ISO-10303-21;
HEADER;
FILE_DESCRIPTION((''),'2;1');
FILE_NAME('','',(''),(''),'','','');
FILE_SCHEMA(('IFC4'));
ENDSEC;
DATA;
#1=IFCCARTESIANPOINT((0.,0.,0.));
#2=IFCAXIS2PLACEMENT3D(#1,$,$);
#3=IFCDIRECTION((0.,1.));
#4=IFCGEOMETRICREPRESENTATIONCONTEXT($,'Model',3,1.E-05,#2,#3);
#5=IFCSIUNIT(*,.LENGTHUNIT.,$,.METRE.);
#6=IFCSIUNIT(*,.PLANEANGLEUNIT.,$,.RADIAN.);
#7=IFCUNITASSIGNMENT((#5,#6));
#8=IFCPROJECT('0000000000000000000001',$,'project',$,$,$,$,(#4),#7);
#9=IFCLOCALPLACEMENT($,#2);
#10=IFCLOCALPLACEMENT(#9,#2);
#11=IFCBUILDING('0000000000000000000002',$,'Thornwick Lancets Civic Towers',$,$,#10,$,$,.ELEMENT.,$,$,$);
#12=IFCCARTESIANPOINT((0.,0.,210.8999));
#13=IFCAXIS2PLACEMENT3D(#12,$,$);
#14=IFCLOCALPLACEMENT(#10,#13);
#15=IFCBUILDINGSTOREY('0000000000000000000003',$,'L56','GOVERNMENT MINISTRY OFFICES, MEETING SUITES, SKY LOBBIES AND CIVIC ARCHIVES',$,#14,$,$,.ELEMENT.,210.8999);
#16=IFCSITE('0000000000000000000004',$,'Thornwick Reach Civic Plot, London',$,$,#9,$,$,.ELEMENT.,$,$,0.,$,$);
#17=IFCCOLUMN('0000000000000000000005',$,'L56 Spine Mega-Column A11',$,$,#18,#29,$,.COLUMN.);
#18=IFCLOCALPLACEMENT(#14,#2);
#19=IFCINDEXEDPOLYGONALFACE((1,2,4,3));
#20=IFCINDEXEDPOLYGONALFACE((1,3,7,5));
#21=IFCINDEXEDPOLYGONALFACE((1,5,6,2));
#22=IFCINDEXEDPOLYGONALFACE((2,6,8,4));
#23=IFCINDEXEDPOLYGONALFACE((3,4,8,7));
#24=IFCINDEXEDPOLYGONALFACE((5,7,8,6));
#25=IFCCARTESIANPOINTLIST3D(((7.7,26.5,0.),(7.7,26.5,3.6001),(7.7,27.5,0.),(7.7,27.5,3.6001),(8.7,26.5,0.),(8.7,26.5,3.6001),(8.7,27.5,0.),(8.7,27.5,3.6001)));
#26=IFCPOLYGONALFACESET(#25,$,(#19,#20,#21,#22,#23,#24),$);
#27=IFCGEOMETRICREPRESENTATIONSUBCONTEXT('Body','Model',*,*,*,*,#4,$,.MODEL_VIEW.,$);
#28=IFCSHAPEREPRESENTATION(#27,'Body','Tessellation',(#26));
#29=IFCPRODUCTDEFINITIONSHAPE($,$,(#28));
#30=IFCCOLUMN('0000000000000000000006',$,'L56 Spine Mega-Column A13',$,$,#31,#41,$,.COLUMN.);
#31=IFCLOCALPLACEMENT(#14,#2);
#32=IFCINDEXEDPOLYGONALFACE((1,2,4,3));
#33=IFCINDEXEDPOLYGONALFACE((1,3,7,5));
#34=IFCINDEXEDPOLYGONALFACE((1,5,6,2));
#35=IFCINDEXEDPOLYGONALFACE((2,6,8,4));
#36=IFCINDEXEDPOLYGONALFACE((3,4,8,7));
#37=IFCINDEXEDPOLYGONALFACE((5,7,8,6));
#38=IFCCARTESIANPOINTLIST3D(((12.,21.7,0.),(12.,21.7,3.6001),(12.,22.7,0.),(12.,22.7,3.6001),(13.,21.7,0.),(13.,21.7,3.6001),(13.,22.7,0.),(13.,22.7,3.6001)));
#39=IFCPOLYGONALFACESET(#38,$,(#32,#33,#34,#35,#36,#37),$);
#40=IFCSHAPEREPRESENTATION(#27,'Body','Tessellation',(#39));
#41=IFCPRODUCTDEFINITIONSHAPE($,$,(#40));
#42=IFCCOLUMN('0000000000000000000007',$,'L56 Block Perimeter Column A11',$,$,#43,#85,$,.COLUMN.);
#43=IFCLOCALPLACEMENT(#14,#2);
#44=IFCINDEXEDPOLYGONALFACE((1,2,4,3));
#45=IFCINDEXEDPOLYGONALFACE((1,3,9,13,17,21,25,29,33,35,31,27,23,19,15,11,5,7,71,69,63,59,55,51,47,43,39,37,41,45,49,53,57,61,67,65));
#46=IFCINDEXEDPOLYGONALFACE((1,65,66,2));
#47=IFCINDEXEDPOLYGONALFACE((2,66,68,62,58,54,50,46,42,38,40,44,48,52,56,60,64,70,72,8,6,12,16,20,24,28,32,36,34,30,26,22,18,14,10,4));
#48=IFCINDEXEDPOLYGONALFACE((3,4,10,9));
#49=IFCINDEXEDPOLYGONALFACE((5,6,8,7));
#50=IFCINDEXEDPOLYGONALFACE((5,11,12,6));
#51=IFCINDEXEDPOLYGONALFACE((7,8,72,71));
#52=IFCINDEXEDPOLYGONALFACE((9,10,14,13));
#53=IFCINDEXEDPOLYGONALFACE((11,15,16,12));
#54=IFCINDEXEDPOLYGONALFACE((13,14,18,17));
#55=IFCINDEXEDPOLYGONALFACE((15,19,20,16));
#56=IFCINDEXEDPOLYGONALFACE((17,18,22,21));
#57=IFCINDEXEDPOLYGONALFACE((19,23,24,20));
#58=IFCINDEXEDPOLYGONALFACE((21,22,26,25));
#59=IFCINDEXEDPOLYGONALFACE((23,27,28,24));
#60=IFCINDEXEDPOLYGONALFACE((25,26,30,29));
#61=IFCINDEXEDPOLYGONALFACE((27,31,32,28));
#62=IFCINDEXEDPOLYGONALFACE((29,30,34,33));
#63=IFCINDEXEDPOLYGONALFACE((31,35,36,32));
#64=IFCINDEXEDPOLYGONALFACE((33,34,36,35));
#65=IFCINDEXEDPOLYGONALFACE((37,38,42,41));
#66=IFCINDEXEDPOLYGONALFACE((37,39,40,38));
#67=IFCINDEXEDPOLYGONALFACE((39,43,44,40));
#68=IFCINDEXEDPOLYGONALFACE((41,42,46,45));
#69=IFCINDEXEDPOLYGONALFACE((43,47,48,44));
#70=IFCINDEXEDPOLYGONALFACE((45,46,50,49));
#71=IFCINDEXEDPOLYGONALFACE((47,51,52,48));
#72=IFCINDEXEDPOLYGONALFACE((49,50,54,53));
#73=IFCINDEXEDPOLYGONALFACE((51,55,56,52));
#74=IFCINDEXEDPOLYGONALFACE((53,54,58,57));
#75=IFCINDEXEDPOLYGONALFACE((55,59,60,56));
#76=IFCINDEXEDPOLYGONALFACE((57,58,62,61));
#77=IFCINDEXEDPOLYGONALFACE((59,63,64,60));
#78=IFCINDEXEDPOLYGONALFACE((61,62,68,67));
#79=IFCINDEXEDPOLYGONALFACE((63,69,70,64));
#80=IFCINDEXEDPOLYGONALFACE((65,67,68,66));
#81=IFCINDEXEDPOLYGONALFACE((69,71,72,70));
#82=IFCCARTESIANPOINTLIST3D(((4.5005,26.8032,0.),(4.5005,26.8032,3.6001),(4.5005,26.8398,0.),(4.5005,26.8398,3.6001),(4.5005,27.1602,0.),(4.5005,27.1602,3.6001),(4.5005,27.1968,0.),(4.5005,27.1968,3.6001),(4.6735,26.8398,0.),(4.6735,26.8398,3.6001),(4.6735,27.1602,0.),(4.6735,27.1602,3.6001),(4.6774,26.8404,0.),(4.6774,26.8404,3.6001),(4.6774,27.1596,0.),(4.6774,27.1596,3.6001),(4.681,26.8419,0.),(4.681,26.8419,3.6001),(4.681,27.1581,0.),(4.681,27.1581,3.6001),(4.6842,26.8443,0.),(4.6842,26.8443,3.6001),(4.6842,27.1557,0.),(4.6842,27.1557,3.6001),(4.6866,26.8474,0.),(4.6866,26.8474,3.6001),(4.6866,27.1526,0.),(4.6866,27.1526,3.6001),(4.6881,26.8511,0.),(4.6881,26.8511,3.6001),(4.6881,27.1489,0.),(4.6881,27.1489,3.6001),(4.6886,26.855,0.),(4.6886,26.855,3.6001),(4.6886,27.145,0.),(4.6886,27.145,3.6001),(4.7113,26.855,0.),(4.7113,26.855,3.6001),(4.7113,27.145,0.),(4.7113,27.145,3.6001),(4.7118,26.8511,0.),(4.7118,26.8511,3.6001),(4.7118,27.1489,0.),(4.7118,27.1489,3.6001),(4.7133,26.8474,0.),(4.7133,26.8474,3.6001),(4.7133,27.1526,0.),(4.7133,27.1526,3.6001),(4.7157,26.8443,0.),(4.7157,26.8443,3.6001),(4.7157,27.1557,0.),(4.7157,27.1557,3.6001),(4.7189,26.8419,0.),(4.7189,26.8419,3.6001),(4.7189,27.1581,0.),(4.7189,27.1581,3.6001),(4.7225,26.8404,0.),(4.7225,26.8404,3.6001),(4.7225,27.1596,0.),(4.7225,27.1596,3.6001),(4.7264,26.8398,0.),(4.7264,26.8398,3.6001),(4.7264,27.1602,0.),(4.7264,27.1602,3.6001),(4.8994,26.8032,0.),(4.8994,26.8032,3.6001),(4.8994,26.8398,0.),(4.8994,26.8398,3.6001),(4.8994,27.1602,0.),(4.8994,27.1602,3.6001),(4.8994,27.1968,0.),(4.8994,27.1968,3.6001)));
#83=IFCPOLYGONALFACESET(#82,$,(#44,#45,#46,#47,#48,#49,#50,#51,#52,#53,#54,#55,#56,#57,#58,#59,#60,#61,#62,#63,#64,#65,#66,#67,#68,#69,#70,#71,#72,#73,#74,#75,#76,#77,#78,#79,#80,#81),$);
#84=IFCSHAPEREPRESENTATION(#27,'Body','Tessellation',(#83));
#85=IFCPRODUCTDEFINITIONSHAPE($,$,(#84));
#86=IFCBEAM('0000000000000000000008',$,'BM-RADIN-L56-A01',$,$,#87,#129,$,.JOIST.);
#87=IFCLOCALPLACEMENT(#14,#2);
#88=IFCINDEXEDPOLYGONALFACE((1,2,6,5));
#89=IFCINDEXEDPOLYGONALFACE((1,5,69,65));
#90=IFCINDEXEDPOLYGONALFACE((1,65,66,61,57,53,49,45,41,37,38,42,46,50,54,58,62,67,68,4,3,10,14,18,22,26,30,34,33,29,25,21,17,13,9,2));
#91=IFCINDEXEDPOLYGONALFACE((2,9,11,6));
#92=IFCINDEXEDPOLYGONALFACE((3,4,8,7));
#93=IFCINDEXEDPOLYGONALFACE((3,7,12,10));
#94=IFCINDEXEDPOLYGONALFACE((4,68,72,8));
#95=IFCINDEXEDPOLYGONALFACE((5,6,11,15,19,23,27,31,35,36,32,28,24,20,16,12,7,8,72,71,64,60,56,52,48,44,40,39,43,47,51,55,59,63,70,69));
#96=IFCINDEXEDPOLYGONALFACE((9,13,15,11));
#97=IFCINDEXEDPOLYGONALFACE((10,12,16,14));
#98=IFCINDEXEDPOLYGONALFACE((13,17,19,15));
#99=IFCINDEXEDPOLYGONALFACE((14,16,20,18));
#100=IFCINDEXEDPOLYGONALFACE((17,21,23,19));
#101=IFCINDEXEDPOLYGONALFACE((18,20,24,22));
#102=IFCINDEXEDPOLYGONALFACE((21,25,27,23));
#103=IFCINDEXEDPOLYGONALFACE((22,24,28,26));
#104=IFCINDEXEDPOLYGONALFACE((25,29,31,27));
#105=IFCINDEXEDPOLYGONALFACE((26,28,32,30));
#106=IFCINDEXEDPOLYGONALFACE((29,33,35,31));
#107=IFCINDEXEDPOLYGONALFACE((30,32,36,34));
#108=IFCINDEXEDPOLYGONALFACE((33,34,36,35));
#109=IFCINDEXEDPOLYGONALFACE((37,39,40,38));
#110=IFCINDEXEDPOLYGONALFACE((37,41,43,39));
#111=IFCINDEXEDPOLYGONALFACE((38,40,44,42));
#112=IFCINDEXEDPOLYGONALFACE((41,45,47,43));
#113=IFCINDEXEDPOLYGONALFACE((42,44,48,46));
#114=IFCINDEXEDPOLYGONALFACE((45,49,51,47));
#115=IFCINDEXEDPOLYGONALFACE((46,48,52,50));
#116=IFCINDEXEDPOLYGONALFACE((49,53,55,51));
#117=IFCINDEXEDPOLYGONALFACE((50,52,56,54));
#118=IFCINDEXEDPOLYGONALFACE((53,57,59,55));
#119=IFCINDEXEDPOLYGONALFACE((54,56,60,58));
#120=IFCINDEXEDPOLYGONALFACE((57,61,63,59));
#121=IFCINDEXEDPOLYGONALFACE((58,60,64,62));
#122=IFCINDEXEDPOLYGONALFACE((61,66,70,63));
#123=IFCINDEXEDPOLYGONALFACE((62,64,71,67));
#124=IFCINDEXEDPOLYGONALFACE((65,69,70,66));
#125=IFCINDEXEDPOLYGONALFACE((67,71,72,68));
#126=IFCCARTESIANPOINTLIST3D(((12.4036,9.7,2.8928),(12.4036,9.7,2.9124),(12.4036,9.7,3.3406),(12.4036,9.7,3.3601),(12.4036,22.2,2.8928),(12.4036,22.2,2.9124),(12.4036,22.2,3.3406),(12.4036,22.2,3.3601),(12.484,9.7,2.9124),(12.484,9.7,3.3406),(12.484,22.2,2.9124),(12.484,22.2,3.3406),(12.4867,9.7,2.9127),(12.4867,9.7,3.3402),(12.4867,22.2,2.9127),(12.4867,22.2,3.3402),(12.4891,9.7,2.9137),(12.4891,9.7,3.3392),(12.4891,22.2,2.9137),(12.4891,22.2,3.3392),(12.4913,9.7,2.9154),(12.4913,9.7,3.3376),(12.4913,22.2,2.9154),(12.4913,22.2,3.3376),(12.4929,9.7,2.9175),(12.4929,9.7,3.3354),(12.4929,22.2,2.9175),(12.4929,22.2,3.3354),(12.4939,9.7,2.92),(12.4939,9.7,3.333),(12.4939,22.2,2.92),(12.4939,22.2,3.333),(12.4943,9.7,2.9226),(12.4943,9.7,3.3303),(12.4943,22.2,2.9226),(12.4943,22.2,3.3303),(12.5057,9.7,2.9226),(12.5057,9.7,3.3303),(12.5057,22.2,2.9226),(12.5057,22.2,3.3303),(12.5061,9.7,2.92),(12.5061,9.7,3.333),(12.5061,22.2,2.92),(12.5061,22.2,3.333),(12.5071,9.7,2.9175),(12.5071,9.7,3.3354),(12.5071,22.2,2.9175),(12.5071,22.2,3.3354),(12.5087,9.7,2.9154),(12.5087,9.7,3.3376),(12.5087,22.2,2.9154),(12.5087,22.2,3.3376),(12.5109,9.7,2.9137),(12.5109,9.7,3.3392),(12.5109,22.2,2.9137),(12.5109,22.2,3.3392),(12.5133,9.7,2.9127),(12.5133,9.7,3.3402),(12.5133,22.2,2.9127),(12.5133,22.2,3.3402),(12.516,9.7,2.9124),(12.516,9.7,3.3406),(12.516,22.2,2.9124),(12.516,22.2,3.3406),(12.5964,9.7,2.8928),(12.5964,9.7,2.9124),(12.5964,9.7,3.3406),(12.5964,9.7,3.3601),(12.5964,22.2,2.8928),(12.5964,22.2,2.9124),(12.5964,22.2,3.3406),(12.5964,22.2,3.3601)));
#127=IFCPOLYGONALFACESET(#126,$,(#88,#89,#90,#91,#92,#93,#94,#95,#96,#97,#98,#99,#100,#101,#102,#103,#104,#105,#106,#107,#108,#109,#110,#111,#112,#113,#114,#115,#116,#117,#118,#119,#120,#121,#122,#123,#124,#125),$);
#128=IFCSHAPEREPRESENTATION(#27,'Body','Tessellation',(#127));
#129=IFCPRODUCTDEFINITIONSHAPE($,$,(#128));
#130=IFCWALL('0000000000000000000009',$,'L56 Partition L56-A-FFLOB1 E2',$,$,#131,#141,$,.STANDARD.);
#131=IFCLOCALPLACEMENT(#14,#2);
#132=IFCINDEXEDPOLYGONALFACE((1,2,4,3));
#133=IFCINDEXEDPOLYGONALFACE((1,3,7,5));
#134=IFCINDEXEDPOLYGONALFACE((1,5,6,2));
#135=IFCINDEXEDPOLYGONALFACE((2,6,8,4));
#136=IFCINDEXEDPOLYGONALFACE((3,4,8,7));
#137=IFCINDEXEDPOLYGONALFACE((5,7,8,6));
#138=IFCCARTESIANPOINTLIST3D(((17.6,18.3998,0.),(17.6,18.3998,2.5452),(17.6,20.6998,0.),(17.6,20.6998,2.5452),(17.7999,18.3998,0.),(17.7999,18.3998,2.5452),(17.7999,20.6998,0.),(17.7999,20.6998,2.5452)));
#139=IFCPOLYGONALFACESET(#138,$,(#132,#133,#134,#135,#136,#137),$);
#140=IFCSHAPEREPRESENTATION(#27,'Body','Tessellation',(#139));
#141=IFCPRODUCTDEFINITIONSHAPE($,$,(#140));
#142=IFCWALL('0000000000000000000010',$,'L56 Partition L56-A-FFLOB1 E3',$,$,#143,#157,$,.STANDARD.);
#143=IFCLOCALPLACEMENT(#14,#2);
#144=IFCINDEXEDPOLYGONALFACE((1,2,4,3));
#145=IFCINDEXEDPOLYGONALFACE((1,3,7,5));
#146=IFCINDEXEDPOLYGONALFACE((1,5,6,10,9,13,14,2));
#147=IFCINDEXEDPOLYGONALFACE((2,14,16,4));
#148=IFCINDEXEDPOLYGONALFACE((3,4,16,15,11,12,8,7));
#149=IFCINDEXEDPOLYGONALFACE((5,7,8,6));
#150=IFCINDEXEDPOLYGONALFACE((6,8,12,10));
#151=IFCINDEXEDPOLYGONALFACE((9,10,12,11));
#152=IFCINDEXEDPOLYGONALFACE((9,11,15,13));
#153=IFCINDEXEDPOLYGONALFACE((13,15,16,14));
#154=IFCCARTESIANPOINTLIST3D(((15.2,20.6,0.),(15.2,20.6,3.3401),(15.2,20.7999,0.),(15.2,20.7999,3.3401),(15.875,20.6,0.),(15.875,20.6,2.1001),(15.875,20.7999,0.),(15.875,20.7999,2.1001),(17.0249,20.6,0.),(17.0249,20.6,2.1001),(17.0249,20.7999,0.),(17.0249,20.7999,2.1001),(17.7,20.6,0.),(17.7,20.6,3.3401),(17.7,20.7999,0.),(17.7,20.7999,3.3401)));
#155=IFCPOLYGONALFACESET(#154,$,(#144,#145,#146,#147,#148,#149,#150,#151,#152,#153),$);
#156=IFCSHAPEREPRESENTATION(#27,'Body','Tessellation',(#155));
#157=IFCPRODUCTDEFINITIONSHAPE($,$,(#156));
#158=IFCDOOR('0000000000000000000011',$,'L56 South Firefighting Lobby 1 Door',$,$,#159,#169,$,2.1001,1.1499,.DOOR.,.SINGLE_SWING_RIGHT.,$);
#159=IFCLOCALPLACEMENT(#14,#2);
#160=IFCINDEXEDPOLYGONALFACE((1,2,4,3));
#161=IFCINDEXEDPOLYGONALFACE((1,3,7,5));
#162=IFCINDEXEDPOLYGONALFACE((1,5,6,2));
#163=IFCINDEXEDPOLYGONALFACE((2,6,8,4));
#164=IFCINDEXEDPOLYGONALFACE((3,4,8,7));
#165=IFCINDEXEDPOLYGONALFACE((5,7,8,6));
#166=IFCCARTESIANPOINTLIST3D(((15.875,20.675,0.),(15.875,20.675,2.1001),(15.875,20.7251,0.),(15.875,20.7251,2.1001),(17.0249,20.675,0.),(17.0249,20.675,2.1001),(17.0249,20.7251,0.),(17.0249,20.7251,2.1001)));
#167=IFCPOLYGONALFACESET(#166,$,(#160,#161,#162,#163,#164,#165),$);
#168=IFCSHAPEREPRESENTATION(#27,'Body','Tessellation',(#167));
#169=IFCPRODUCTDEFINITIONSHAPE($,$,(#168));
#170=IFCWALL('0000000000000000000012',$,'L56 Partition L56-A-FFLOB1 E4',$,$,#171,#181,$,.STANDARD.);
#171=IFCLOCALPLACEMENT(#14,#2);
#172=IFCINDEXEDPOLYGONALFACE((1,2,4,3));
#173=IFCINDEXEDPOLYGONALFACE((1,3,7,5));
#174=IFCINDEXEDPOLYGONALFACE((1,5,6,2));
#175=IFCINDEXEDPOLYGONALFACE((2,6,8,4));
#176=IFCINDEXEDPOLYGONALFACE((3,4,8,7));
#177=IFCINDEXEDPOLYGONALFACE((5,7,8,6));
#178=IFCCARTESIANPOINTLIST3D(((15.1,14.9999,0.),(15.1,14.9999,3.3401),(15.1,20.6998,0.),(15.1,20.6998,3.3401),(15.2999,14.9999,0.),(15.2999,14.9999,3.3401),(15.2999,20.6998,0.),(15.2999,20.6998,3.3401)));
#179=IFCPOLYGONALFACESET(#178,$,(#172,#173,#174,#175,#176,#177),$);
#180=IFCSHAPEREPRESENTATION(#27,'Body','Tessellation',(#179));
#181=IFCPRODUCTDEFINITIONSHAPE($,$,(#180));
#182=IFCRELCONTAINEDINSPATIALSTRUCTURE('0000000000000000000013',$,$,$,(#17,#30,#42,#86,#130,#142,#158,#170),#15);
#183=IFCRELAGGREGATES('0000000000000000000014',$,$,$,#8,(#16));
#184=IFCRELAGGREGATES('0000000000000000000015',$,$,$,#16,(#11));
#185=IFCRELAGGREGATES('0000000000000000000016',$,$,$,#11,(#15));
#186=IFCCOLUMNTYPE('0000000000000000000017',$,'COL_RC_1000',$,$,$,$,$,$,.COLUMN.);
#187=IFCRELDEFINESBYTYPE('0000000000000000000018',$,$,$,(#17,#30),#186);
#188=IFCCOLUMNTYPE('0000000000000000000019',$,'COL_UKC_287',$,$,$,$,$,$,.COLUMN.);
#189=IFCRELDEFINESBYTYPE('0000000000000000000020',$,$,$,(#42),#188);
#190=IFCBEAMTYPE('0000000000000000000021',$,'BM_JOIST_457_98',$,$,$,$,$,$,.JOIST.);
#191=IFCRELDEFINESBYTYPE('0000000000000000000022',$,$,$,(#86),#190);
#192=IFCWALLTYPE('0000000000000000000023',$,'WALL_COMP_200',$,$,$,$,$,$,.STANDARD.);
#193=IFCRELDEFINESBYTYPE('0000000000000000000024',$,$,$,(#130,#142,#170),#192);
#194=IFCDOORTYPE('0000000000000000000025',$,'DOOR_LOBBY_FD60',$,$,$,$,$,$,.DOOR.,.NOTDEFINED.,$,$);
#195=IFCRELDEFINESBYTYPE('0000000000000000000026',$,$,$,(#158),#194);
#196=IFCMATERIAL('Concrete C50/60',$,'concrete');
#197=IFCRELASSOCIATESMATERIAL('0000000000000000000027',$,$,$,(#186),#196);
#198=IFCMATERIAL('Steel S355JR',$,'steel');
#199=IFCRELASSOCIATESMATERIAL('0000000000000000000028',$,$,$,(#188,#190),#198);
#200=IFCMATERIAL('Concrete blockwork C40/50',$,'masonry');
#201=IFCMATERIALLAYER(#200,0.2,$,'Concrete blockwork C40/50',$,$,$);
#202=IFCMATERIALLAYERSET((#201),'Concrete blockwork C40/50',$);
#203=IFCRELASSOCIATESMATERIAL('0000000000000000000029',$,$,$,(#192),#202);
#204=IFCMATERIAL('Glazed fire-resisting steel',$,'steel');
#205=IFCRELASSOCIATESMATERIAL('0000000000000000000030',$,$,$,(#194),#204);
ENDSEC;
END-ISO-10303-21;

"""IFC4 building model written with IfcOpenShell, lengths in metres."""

from ifc_helpers import new_model, si_unit, direction, frame, frame_2d, origin, origin_2d, place, context, subcontext, project, spatial, rectangle, i_section, extrude, material, layer, layer_set, material_profile, profile_set, type_object, element, fill, save


model = new_model("IFC4")

# Units and contexts
model_context = context("Model", 3, precision=1e-05, world=origin(), true_north=direction((0.0, 1.0)))
body_context = subcontext(model_context, "Body", "Model", "MODEL_VIEW")
ifc_project = project(units=[si_unit("LENGTHUNIT", "METRE"), si_unit("PLANEANGLEUNIT", "RADIAN")], contexts=[model_context])

# Site, building, storey
site_placement = place(None, origin())
site = spatial("IfcSite", under=ifc_project, at=site_placement, Name="Thornwick Reach Civic Plot, London", CompositionType="ELEMENT", RefElevation=0.0)
building_placement = place(site_placement, origin())
building = spatial("IfcBuilding", under=site, at=building_placement, Name="Thornwick Lancets Civic Towers", CompositionType="ELEMENT")
storey_placement = place(building_placement, frame((0.0, 0.0, 210.8999)))
storey = spatial("IfcBuildingStorey", under=building, at=storey_placement, Name="L56", Description="GOVERNMENT MINISTRY OFFICES, MEETING SUITES, SKY LOBBIES AND CIVIC ARCHIVES", CompositionType="ELEMENT", Elevation=210.8999)

# Columns
ifc_material_1 = material(Name="Concrete C50/60", Category="concrete")
ifc_material_profile_1 = material_profile(ifc_material_1, rectangle(XDim=1.0, YDim=1.0, at=origin_2d()), Name="RC 1000x1000")
ifc_profile_set_1 = profile_set([ifc_material_profile_1], Name="Concrete C50/60")
column_type_1 = type_object("IfcColumnType", Name="COL_RC_1000", PredefinedType="COLUMN", material=ifc_profile_set_1)
for number, where, z_axis, x_axis, name in (
    (1, (8.2, 27.0, 0.0), (0.0, 0.0, 1.0), (1.0, 0.0, 0.0), "L56 Spine Mega-Column A11"),
    (2, (12.5, 22.2, 0.0), (0.0, 0.0, 1.0), (1.0, 0.0, 0.0), "L56 Spine Mega-Column A13"),
):
    element("IfcColumn", number, at=place(storey_placement, frame(where, z_axis=z_axis, x_axis=x_axis)), inside=storey, type_object=column_type_1, Name=name, PredefinedType="COLUMN", context=body_context, shape_type="SweptSolid", body=[
        extrude(rectangle(XDim=1.0, YDim=1.0, at=origin_2d()), origin(), (0.0, 0.0, 1.0), 3.6001),
    ])
ifc_material_2 = material(Name="Steel S355JR", Category="steel")
ifc_material_profile_2 = material_profile(ifc_material_2, i_section(OverallWidth=0.3989, OverallDepth=0.3936, WebThickness=0.0227, FlangeThickness=0.0366, FilletRadius=0.0151, at=origin_2d()), Name="UKC 356x406x287")
ifc_profile_set_2 = profile_set([ifc_material_profile_2], Name="Steel S355JR")
column_type_2 = type_object("IfcColumnType", Name="COL_UKC_287", PredefinedType="COLUMN", material=ifc_profile_set_2)
column_placement = place(storey_placement, frame((4.7, 27.0, 0.0), z_axis=(0.0, 0.0, 1.0), x_axis=(1.0, 0.0, 0.0)))
element("IfcColumn", 3, at=column_placement, inside=storey, type_object=column_type_2, Name="L56 Block Perimeter Column A11", PredefinedType="COLUMN", context=body_context, shape_type="SweptSolid", body=[
    extrude(i_section(OverallWidth=0.3989, OverallDepth=0.3936, WebThickness=0.0227, FlangeThickness=0.0366, FilletRadius=0.0151, at=origin_2d()), origin(), (0.0, 0.0, 1.0), 3.6001),
])

# Beam
ifc_material_profile_3 = material_profile(ifc_material_2, i_section(OverallWidth=0.1929, OverallDepth=0.4673, WebThickness=0.0115, FlangeThickness=0.0195, FilletRadius=0.0103, at=origin_2d()), Name="UKB 457x191x98")
ifc_profile_set_3 = profile_set([ifc_material_profile_3], Name="Steel S355JR")
beam_type = type_object("IfcBeamType", Name="BM_JOIST_457_98", PredefinedType="JOIST", material=ifc_profile_set_3)
beam_placement = place(storey_placement, frame((12.5, 22.2, 3.1265), z_axis=(0.0, -1.0, 0.0), x_axis=(1.0, 0.0, 0.0)))
element("IfcBeam", 4, at=beam_placement, inside=storey, type_object=beam_type, Name="BM-RADIN-L56-A01", PredefinedType="JOIST", context=body_context, shape_type="SweptSolid", body=[
    extrude(i_section(OverallWidth=0.1929, OverallDepth=0.4673, WebThickness=0.0115, FlangeThickness=0.0195, FilletRadius=0.0103, at=origin_2d()), origin(), (0.0, 0.0, 1.0), 12.5),
])

# Wall
ifc_material_3 = material(Name="Concrete blockwork C40/50", Category="masonry")
ifc_layer_1 = layer(ifc_material_3, 0.2, Name="Concrete blockwork C40/50")
ifc_layer_set_1 = layer_set([ifc_layer_1], Name="Concrete blockwork C40/50")
wall_type_1 = type_object("IfcWallType", Name="WALL_COMP_200", PredefinedType="STANDARD", material=ifc_layer_set_1)
wall_1_placement = place(storey_placement, frame((17.7, 18.3999, 0.0), z_axis=(0.0, 0.0, 1.0), x_axis=(0.0, 1.0, 0.0)))
element("IfcWall", 5, at=wall_1_placement, inside=storey, type_object=wall_type_1, Name="L56 Partition L56-A-FFLOB1 E2", PredefinedType="STANDARD", context=body_context, shape_type="SweptSolid", body=[
    extrude(rectangle(XDim=2.3, YDim=0.2, at=frame_2d((1.1499, 0.0))), origin(), (0.0, 0.0, 1.0), 2.5452),
])

# Wall, opening, door
wall_2_placement = place(storey_placement, frame((17.7, 20.7, 0.0), z_axis=(0.0, 0.0, 1.0), x_axis=(-1.0, 0.0, 0.0)))
wall_2 = element("IfcWall", 6, at=wall_2_placement, inside=storey, type_object=wall_type_1, Name="L56 Partition L56-A-FFLOB1 E3", PredefinedType="STANDARD", context=body_context, shape_type="SweptSolid", body=[
    extrude(rectangle(XDim=2.5, YDim=0.2, at=frame_2d((1.25, 0.0))), origin(), (0.0, 0.0, 1.0), 3.3401),
])
opening_1_placement = place(wall_2_placement, frame((0.675, 0.0, 0.0)))
opening_1 = element("IfcOpeningElement", 7, at=opening_1_placement, cuts=wall_2, PredefinedType="OPENING", context=body_context, shape_type="SweptSolid", body=[
    extrude(rectangle(XDim=1.1499, YDim=2.1001, at=frame_2d((0.575, 1.05))), frame((0.0, 0.1099, 0.0), z_axis=(0.0, -1.0, 0.0), x_axis=(1.0, 0.0, 0.0)), (0.0, 0.0, 1.0), 0.22),
])
ifc_material_4 = material(Name="Glazed fire-resisting steel", Category="steel")
door_type_1 = type_object("IfcDoorType", Name="DOOR_LOBBY_FD60", OperationType="NOTDEFINED", PredefinedType="DOOR", material=ifc_material_4)
door_1_placement = place(opening_1_placement, origin())
door_1 = element("IfcDoor", 8, at=door_1_placement, inside=storey, type_object=door_type_1, Name="L56 South Firefighting Lobby 1 Door", OperationType="SINGLE_SWING_RIGHT", OverallHeight=2.1001, OverallWidth=1.1499, PredefinedType="DOOR", context=body_context, shape_type="SweptSolid", body=[
    extrude(rectangle(XDim=1.1499, YDim=2.1001, at=frame_2d((0.575, 1.05))), frame((0.0, 0.0249, 0.0), z_axis=(0.0, -1.0, 0.0), x_axis=(1.0, 0.0, 0.0)), (0.0, 0.0, 1.0), 0.05),
])
fill(opening_1, door_1)

# Wall
wall_3_placement = place(storey_placement, frame((15.2, 20.7, 0.0), z_axis=(0.0, 0.0, 1.0), x_axis=(0.0, -1.0, 0.0)))
element("IfcWall", 9, at=wall_3_placement, inside=storey, type_object=wall_type_1, Name="L56 Partition L56-A-FFLOB1 E4", PredefinedType="STANDARD", context=body_context, shape_type="SweptSolid", body=[
    extrude(rectangle(XDim=5.7, YDim=0.2, at=frame_2d((2.8501, 0.0))), origin(), (0.0, 0.0, 1.0), 3.3401),
])

save(model, "model.ifc")
